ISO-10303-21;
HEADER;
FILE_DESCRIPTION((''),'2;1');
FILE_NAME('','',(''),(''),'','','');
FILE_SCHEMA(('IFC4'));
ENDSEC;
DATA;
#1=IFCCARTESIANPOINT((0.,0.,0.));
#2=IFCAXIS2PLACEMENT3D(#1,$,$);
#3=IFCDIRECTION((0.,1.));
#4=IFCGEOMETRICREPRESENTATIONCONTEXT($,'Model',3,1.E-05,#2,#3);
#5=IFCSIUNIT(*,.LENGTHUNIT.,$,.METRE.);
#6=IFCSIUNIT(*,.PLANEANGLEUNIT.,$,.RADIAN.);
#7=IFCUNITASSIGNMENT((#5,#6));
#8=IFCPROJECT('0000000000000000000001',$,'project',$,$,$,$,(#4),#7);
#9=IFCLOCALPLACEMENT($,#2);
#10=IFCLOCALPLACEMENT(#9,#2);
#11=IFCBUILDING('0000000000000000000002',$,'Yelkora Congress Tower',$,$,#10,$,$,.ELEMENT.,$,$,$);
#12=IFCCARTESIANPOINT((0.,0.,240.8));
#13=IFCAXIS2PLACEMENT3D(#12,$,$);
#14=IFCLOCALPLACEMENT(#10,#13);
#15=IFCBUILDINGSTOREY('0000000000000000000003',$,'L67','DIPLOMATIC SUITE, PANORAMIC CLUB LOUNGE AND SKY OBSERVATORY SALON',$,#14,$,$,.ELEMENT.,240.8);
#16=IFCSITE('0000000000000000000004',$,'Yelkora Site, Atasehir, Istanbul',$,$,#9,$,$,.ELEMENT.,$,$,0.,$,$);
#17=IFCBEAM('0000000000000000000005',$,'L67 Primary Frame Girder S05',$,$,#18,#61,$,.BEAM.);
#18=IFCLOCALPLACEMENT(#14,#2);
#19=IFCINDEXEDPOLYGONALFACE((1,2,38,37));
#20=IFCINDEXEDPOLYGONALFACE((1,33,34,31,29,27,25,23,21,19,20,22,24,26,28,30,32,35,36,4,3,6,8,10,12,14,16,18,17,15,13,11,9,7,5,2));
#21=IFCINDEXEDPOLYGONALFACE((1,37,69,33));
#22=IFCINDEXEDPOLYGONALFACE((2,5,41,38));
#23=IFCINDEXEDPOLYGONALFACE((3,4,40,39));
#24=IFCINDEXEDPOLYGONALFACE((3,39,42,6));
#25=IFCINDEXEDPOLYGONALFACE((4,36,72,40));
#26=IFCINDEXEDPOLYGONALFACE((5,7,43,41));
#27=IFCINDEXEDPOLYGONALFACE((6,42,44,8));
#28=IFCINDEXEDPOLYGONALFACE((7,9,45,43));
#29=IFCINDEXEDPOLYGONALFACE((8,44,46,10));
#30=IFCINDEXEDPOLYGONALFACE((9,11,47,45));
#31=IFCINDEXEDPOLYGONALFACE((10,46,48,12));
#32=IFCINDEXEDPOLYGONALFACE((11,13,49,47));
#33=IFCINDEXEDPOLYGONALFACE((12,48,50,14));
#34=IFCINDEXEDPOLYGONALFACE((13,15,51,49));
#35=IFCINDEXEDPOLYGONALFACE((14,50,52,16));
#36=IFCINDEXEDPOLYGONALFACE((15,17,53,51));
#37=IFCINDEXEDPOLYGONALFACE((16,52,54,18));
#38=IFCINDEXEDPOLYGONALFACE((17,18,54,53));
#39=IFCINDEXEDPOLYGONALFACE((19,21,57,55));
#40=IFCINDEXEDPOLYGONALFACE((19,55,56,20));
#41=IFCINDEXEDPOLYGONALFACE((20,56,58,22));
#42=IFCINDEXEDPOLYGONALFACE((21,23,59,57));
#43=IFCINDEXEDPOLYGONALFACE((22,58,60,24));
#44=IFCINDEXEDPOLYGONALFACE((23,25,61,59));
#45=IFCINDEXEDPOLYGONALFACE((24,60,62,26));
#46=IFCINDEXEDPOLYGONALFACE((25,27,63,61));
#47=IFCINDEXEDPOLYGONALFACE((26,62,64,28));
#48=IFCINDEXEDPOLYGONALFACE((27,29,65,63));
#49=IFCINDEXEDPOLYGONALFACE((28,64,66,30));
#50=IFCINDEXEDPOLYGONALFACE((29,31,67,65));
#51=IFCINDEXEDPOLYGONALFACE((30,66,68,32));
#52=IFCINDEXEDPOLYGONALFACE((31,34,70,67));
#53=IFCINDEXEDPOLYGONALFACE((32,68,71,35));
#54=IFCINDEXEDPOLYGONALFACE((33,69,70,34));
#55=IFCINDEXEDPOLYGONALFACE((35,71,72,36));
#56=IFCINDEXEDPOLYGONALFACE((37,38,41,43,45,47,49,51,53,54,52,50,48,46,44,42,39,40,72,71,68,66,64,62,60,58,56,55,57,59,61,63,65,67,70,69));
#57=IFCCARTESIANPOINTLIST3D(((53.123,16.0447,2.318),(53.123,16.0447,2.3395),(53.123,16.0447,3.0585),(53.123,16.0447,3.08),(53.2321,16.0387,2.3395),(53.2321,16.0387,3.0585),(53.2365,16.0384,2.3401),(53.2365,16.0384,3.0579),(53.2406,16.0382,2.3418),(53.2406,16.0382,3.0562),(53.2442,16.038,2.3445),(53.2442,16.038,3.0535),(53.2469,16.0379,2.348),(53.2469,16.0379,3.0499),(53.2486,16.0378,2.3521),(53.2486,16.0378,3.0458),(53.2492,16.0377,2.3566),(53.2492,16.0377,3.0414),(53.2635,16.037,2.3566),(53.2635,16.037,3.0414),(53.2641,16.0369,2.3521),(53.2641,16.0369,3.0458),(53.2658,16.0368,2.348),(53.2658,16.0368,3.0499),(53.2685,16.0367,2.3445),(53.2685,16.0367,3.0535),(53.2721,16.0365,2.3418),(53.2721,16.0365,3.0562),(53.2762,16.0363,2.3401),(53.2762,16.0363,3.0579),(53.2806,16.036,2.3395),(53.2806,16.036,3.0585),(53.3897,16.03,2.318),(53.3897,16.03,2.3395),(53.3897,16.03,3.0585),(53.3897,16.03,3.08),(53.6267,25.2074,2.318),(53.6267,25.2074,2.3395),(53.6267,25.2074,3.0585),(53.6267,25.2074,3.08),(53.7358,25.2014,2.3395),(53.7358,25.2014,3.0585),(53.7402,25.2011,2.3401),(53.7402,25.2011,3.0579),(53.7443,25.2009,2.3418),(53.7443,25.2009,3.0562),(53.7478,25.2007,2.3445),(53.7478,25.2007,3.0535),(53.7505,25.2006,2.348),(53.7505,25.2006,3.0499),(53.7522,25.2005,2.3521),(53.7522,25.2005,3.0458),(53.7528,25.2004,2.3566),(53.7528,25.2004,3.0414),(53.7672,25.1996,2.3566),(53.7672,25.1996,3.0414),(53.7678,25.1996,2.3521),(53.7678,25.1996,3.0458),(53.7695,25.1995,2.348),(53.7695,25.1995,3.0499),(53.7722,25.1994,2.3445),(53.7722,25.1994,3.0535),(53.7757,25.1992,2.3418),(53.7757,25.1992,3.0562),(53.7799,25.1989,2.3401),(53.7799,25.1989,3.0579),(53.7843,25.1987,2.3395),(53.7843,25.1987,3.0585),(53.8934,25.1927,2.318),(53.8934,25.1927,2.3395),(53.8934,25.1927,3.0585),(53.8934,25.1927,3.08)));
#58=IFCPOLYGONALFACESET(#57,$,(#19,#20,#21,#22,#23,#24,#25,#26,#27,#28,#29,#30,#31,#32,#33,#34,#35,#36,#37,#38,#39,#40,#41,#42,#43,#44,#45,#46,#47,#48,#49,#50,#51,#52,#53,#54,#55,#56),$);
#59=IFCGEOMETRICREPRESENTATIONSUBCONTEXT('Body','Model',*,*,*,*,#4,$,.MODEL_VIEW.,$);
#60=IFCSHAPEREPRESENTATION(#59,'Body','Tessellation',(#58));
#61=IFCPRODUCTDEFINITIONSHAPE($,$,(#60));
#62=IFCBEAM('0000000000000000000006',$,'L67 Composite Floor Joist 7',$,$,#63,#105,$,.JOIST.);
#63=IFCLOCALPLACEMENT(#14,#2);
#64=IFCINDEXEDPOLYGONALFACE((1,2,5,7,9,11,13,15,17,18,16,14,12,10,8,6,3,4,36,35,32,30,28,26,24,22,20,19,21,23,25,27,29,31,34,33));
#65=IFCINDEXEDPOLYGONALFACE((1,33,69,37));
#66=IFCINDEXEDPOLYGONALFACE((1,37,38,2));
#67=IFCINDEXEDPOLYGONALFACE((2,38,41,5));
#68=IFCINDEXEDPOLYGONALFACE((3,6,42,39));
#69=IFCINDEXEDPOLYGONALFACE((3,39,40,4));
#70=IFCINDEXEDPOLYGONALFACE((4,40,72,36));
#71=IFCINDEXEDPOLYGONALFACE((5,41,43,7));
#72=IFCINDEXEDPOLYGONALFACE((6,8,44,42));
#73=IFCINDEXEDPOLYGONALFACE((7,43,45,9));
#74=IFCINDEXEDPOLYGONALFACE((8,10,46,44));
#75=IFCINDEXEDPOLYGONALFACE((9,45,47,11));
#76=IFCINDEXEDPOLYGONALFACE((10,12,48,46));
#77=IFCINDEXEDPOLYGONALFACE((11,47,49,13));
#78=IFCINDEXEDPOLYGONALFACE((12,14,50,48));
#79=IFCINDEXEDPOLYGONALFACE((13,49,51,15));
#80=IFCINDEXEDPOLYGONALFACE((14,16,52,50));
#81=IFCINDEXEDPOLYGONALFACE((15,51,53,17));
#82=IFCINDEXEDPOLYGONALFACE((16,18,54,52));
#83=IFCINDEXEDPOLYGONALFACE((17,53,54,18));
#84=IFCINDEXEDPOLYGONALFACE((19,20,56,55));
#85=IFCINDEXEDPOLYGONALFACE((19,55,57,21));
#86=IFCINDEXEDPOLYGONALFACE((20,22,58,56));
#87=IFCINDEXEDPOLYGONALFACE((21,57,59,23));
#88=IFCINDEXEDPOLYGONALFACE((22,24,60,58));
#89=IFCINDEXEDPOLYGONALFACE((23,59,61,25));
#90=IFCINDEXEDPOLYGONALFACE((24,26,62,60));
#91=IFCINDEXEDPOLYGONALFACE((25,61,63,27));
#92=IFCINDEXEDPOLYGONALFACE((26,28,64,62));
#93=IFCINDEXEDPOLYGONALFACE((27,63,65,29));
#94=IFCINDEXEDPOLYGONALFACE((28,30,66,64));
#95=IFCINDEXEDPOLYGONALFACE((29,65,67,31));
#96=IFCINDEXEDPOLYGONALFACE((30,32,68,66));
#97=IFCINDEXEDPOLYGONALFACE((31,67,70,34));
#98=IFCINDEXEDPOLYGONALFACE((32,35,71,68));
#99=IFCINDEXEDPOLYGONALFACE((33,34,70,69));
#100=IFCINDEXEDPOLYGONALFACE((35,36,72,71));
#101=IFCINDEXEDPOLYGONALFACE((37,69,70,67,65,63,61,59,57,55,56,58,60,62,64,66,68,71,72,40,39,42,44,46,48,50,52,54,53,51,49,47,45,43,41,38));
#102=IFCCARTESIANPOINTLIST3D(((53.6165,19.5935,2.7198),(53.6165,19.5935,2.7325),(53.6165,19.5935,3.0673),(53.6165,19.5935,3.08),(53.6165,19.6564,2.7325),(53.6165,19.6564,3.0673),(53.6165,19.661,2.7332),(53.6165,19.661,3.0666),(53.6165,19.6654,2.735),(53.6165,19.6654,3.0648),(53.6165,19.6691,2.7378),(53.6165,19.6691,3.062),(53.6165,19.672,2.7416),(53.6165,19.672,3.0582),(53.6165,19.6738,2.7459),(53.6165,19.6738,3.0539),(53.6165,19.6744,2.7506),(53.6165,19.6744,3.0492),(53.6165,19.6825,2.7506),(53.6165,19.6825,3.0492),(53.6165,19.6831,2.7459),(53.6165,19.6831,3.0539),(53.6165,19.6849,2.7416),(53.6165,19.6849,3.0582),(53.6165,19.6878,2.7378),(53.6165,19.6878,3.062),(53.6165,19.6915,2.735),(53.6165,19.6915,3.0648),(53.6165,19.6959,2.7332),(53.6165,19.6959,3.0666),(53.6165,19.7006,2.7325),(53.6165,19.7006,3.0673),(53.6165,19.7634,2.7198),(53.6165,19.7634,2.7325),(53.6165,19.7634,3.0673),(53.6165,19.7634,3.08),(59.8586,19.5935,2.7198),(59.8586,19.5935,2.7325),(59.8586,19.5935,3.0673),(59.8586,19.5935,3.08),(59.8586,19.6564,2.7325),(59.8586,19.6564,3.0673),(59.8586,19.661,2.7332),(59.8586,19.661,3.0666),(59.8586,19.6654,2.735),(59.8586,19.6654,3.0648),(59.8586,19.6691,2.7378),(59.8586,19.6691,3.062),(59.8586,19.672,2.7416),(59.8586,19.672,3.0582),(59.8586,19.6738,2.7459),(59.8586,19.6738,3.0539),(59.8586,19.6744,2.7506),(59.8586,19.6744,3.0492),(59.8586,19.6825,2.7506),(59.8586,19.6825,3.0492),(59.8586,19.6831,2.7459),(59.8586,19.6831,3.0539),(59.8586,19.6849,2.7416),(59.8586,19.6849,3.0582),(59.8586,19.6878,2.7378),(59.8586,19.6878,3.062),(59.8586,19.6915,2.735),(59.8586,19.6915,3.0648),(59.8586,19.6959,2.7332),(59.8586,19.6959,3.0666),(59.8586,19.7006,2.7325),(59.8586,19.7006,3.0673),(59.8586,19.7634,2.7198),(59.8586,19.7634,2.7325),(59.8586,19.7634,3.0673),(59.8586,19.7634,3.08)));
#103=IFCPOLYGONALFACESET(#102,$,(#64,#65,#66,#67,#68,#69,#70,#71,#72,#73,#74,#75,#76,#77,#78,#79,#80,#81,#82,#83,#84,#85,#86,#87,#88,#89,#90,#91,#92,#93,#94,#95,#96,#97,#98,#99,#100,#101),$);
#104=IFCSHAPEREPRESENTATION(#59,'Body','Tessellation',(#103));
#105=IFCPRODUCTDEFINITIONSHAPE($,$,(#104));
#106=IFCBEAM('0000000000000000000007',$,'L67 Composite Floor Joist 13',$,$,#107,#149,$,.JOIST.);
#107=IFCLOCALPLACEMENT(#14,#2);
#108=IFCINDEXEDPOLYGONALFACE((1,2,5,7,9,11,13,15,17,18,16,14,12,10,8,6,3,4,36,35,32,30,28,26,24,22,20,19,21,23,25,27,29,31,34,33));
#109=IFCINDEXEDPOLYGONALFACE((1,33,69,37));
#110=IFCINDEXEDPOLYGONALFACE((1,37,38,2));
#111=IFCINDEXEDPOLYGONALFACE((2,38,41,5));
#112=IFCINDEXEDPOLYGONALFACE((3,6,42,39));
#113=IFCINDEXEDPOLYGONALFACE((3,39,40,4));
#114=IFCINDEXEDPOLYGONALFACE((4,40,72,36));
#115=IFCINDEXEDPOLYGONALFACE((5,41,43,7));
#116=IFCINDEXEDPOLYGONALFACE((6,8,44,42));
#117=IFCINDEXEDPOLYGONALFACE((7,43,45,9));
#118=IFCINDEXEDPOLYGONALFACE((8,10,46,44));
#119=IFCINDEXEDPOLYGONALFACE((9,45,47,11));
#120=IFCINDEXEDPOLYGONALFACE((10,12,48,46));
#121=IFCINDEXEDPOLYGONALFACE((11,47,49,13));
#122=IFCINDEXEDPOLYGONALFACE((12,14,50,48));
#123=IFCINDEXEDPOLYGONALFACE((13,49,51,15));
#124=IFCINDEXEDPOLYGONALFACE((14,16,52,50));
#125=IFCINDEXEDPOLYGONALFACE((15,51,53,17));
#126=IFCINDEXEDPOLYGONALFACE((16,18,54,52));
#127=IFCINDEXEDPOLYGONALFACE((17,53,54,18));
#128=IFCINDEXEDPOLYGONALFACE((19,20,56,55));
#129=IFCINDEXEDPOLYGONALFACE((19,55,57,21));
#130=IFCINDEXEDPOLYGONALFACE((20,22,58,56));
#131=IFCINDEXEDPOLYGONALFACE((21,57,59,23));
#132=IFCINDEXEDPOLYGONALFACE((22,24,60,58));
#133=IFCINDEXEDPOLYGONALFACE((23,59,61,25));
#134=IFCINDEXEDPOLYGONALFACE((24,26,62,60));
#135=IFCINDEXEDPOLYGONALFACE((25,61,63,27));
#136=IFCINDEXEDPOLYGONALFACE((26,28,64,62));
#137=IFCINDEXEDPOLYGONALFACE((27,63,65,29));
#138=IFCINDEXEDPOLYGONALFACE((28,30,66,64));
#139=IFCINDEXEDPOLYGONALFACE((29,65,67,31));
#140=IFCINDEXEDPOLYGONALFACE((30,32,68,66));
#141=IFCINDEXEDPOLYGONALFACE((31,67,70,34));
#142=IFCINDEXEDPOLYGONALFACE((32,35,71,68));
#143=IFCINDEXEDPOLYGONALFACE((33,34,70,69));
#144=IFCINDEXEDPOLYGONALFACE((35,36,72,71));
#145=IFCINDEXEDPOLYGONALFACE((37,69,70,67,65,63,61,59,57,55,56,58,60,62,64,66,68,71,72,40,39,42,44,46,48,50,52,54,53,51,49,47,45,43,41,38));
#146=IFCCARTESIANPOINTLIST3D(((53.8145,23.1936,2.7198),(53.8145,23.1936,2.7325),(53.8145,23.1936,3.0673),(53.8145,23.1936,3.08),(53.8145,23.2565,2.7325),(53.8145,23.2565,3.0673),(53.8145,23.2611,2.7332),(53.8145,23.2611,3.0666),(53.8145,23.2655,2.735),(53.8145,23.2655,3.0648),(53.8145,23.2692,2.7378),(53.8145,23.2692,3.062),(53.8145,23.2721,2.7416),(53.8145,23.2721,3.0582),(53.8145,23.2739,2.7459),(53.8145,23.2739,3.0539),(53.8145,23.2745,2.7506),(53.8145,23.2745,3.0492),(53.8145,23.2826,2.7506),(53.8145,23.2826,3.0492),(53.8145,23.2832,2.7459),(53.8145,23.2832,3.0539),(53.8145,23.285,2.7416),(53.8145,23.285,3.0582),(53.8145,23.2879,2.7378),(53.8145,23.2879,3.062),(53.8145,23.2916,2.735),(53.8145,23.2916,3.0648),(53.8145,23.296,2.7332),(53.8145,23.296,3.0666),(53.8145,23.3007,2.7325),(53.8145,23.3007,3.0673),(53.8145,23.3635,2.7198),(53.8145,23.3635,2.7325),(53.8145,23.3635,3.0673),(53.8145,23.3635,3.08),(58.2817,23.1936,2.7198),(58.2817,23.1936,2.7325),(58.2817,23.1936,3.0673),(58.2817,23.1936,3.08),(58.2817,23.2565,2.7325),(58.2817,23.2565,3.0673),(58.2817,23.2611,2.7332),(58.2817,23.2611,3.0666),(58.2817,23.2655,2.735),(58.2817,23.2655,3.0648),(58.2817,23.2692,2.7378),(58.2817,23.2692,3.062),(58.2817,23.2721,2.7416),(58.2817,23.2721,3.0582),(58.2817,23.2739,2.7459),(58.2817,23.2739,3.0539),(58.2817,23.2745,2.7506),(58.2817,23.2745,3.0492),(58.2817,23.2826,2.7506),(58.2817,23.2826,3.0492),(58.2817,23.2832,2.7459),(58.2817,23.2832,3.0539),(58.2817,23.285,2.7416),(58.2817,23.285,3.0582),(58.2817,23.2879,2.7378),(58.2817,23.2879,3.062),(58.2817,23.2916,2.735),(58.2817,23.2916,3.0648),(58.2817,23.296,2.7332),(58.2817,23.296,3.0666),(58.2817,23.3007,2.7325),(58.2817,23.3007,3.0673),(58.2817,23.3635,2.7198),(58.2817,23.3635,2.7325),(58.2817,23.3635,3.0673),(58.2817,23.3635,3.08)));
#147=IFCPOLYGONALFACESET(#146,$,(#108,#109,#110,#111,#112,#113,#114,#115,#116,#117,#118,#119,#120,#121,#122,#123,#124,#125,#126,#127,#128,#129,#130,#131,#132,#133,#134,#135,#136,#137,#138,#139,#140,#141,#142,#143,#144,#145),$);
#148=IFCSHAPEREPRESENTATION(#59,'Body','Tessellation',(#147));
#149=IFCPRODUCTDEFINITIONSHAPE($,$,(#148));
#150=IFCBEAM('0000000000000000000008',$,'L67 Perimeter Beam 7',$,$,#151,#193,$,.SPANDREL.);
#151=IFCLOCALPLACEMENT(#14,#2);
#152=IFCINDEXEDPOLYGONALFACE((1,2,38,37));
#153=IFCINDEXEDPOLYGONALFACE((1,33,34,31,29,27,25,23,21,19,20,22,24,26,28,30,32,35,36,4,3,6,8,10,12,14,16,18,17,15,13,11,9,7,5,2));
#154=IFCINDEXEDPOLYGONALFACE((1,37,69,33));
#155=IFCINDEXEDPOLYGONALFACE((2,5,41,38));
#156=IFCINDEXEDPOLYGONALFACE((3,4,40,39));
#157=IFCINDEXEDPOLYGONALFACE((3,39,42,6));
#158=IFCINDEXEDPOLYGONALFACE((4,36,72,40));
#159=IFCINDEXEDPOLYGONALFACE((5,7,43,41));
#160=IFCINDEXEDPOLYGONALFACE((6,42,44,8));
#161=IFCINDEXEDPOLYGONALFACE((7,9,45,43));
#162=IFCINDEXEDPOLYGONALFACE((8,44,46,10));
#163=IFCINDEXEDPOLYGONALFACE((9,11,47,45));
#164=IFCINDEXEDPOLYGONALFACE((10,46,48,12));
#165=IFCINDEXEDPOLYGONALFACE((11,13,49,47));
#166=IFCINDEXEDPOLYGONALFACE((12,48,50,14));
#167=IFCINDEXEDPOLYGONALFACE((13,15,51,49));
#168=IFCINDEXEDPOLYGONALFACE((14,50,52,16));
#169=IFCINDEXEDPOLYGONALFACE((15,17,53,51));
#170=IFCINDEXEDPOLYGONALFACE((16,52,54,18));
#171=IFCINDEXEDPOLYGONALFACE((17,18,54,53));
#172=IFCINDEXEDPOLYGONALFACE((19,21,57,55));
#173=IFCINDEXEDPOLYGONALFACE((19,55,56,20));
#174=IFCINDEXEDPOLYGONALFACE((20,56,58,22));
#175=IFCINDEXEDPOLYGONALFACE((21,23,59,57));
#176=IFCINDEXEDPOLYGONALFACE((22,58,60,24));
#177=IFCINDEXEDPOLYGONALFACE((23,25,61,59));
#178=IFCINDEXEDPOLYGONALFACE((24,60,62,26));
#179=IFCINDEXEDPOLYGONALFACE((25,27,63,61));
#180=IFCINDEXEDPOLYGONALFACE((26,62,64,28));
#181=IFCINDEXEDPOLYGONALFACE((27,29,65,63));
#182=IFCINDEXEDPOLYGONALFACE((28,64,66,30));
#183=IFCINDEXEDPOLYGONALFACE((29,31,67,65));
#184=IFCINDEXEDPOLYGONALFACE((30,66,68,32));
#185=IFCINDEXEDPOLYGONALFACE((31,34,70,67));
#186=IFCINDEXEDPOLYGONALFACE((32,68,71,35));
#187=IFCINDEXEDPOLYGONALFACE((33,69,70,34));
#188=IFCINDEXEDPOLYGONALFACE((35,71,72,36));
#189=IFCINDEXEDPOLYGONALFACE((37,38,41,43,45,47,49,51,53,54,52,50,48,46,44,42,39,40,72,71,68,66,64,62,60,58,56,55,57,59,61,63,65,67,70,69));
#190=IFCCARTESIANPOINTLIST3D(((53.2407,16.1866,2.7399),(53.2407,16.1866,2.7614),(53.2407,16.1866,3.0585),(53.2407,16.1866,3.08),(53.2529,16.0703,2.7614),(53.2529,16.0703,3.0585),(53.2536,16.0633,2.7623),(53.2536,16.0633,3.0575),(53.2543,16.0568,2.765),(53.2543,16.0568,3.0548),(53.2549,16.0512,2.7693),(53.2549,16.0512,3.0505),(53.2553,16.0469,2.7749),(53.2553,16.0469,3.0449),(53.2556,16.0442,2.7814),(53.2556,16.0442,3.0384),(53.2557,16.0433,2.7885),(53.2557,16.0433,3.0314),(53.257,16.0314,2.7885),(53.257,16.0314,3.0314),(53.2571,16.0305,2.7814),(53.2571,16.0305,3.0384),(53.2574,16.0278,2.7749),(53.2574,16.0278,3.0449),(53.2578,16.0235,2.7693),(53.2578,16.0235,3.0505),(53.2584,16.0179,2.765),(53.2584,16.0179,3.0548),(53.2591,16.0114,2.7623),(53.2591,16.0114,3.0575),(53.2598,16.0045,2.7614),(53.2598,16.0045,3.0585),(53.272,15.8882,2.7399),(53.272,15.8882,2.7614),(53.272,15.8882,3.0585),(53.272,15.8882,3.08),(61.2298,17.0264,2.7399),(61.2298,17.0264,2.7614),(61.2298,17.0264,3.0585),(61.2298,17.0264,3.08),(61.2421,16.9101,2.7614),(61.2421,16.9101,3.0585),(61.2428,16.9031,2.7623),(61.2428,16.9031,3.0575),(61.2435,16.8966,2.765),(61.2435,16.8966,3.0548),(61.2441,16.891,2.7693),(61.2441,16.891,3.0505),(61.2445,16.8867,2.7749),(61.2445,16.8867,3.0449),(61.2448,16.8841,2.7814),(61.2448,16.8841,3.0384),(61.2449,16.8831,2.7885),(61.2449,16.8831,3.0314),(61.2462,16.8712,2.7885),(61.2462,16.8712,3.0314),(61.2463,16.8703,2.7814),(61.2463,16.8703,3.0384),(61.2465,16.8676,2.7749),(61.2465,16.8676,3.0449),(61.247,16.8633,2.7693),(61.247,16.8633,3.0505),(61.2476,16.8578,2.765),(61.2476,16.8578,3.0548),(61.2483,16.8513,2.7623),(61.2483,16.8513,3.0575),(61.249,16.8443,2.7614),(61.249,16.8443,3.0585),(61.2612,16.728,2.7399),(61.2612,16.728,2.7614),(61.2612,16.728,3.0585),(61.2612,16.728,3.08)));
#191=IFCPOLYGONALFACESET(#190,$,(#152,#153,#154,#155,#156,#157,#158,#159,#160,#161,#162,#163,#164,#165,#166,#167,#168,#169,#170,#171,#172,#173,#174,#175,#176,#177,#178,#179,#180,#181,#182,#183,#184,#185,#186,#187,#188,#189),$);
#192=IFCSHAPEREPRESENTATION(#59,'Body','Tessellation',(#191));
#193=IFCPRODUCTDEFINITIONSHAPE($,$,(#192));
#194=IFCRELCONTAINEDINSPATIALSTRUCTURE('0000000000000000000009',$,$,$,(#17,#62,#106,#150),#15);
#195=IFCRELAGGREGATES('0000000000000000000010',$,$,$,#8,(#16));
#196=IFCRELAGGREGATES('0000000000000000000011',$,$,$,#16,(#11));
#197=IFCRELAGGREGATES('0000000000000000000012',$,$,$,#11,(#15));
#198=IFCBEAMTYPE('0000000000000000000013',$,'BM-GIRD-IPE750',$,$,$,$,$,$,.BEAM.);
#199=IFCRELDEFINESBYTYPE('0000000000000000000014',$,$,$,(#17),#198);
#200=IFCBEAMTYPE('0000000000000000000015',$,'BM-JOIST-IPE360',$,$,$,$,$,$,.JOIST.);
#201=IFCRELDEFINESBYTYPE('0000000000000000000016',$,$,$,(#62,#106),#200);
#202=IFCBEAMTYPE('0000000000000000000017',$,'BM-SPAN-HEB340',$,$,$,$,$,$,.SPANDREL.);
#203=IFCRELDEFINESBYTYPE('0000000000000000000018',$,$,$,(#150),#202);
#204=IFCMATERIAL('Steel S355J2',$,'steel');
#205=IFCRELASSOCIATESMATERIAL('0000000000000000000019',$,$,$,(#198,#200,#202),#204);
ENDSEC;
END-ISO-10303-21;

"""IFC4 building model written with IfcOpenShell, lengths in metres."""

from ifc_helpers import new_model, si_unit, direction, frame, origin, origin_2d, place, context, subcontext, project, spatial, i_section, extrude, material, material_profile, profile_set, type_object, element, save


model = new_model("IFC4")

# Units and contexts
model_context = context("Model", 3, precision=1e-05, world=origin(), true_north=direction((0.0, 1.0)))
body_context = subcontext(model_context, "Body", "Model", "MODEL_VIEW")
ifc_project = project(units=[si_unit("LENGTHUNIT", "METRE"), si_unit("PLANEANGLEUNIT", "RADIAN")], contexts=[model_context])

# Site, building, storey
site_placement = place(None, origin())
site = spatial("IfcSite", under=ifc_project, at=site_placement, Name="Yelkora Site, Atasehir, Istanbul", CompositionType="ELEMENT", RefElevation=0.0)
building_placement = place(site_placement, origin())
building = spatial("IfcBuilding", under=site, at=building_placement, Name="Yelkora Congress Tower", CompositionType="ELEMENT")
storey_placement = place(building_placement, frame((0.0, 0.0, 240.8)))
storey = spatial("IfcBuildingStorey", under=building, at=storey_placement, Name="L67", Description="DIPLOMATIC SUITE, PANORAMIC CLUB LOUNGE AND SKY OBSERVATORY SALON", CompositionType="ELEMENT", Elevation=240.8)

# Shared definitions
ifc_material_1 = material(Name="Steel S355J2", Category="steel")

# Beams
ifc_material_profile_1 = material_profile(ifc_material_1, i_section(OverallWidth=0.2671, OverallDepth=0.762, WebThickness=0.0144, FlangeThickness=0.0215, FilletRadius=0.0171, at=origin_2d()), Name="IPE 750x173")
ifc_profile_set_1 = profile_set([ifc_material_profile_1], Name="Steel S355J2")
beam_type_1 = type_object("IfcBeamType", Name="BM-GIRD-IPE750", PredefinedType="BEAM", material=ifc_profile_set_1)
beam_1_placement = place(storey_placement, frame((53.2563, 16.0374, 2.699), z_axis=(0.054886, 0.998493, 0.0), x_axis=(-0.998493, 0.054886, 0.0)))
element("IfcBeam", 1, at=beam_1_placement, inside=storey, type_object=beam_type_1, Name="L67 Primary Frame Girder S05", PredefinedType="BEAM", context=body_context, shape_type="SweptSolid", body=[
    extrude(i_section(OverallWidth=0.2671, OverallDepth=0.762, WebThickness=0.0144, FlangeThickness=0.0215, FilletRadius=0.0171, at=origin_2d()), origin(), (0.0, 0.0, 1.0), 9.1765),
])
ifc_material_profile_2 = material_profile(ifc_material_1, i_section(OverallWidth=0.1699, OverallDepth=0.3601, WebThickness=0.0081, FlangeThickness=0.0127, FilletRadius=0.0181, at=origin_2d()), Name="IPE 360")
ifc_profile_set_2 = profile_set([ifc_material_profile_2], Name="Steel S355J2")
beam_type_2 = type_object("IfcBeamType", Name="BM-JOIST-IPE360", PredefinedType="JOIST", material=ifc_profile_set_2)
beam_2_placement = place(storey_placement, frame((53.6165, 19.6785, 2.8999), z_axis=(1.0, 0.0, 0.0), x_axis=(0.0, 1.0, 0.0)))
element("IfcBeam", 2, at=beam_2_placement, inside=storey, type_object=beam_type_2, Name="L67 Composite Floor Joist 7", PredefinedType="JOIST", context=body_context, shape_type="SweptSolid", body=[
    extrude(i_section(OverallWidth=0.1699, OverallDepth=0.3601, WebThickness=0.0081, FlangeThickness=0.0127, FilletRadius=0.0181, at=origin_2d()), origin(), (0.0, 0.0, 1.0), 6.2422),
])
beam_3_placement = place(storey_placement, frame((53.8145, 23.2786, 2.8999), z_axis=(1.0, 0.0, 0.0), x_axis=(0.0, 1.0, 0.0)))
element("IfcBeam", 3, at=beam_3_placement, inside=storey, type_object=beam_type_2, Name="L67 Composite Floor Joist 13", PredefinedType="JOIST", context=body_context, shape_type="SweptSolid", body=[
    extrude(i_section(OverallWidth=0.1699, OverallDepth=0.3601, WebThickness=0.0081, FlangeThickness=0.0127, FilletRadius=0.0181, at=origin_2d()), origin(), (0.0, 0.0, 1.0), 4.4673),
])
ifc_material_profile_3 = material_profile(ifc_material_1, i_section(OverallWidth=0.3, OverallDepth=0.3401, WebThickness=0.012, FlangeThickness=0.0215, FilletRadius=0.0271, at=origin_2d()), Name="HEB 340")
ifc_profile_set_3 = profile_set([ifc_material_profile_3], Name="Steel S355J2")
beam_type_3 = type_object("IfcBeamType", Name="BM-SPAN-HEB340", PredefinedType="SPANDREL", material=ifc_profile_set_3)
beam_4_placement = place(storey_placement, frame((53.2563, 16.0374, 2.9099), z_axis=(0.99452, 0.104546, 0.0), x_axis=(-0.104546, 0.99452, 0.0)))
element("IfcBeam", 4, at=beam_4_placement, inside=storey, type_object=beam_type_3, Name="L67 Perimeter Beam 7", PredefinedType="SPANDREL", context=body_context, shape_type="SweptSolid", body=[
    extrude(i_section(OverallWidth=0.3, OverallDepth=0.3401, WebThickness=0.012, FlangeThickness=0.0215, FilletRadius=0.0271, at=origin_2d()), origin(), (0.0, 0.0, 1.0), 8.0332),
])

save(model, "model.ifc")
